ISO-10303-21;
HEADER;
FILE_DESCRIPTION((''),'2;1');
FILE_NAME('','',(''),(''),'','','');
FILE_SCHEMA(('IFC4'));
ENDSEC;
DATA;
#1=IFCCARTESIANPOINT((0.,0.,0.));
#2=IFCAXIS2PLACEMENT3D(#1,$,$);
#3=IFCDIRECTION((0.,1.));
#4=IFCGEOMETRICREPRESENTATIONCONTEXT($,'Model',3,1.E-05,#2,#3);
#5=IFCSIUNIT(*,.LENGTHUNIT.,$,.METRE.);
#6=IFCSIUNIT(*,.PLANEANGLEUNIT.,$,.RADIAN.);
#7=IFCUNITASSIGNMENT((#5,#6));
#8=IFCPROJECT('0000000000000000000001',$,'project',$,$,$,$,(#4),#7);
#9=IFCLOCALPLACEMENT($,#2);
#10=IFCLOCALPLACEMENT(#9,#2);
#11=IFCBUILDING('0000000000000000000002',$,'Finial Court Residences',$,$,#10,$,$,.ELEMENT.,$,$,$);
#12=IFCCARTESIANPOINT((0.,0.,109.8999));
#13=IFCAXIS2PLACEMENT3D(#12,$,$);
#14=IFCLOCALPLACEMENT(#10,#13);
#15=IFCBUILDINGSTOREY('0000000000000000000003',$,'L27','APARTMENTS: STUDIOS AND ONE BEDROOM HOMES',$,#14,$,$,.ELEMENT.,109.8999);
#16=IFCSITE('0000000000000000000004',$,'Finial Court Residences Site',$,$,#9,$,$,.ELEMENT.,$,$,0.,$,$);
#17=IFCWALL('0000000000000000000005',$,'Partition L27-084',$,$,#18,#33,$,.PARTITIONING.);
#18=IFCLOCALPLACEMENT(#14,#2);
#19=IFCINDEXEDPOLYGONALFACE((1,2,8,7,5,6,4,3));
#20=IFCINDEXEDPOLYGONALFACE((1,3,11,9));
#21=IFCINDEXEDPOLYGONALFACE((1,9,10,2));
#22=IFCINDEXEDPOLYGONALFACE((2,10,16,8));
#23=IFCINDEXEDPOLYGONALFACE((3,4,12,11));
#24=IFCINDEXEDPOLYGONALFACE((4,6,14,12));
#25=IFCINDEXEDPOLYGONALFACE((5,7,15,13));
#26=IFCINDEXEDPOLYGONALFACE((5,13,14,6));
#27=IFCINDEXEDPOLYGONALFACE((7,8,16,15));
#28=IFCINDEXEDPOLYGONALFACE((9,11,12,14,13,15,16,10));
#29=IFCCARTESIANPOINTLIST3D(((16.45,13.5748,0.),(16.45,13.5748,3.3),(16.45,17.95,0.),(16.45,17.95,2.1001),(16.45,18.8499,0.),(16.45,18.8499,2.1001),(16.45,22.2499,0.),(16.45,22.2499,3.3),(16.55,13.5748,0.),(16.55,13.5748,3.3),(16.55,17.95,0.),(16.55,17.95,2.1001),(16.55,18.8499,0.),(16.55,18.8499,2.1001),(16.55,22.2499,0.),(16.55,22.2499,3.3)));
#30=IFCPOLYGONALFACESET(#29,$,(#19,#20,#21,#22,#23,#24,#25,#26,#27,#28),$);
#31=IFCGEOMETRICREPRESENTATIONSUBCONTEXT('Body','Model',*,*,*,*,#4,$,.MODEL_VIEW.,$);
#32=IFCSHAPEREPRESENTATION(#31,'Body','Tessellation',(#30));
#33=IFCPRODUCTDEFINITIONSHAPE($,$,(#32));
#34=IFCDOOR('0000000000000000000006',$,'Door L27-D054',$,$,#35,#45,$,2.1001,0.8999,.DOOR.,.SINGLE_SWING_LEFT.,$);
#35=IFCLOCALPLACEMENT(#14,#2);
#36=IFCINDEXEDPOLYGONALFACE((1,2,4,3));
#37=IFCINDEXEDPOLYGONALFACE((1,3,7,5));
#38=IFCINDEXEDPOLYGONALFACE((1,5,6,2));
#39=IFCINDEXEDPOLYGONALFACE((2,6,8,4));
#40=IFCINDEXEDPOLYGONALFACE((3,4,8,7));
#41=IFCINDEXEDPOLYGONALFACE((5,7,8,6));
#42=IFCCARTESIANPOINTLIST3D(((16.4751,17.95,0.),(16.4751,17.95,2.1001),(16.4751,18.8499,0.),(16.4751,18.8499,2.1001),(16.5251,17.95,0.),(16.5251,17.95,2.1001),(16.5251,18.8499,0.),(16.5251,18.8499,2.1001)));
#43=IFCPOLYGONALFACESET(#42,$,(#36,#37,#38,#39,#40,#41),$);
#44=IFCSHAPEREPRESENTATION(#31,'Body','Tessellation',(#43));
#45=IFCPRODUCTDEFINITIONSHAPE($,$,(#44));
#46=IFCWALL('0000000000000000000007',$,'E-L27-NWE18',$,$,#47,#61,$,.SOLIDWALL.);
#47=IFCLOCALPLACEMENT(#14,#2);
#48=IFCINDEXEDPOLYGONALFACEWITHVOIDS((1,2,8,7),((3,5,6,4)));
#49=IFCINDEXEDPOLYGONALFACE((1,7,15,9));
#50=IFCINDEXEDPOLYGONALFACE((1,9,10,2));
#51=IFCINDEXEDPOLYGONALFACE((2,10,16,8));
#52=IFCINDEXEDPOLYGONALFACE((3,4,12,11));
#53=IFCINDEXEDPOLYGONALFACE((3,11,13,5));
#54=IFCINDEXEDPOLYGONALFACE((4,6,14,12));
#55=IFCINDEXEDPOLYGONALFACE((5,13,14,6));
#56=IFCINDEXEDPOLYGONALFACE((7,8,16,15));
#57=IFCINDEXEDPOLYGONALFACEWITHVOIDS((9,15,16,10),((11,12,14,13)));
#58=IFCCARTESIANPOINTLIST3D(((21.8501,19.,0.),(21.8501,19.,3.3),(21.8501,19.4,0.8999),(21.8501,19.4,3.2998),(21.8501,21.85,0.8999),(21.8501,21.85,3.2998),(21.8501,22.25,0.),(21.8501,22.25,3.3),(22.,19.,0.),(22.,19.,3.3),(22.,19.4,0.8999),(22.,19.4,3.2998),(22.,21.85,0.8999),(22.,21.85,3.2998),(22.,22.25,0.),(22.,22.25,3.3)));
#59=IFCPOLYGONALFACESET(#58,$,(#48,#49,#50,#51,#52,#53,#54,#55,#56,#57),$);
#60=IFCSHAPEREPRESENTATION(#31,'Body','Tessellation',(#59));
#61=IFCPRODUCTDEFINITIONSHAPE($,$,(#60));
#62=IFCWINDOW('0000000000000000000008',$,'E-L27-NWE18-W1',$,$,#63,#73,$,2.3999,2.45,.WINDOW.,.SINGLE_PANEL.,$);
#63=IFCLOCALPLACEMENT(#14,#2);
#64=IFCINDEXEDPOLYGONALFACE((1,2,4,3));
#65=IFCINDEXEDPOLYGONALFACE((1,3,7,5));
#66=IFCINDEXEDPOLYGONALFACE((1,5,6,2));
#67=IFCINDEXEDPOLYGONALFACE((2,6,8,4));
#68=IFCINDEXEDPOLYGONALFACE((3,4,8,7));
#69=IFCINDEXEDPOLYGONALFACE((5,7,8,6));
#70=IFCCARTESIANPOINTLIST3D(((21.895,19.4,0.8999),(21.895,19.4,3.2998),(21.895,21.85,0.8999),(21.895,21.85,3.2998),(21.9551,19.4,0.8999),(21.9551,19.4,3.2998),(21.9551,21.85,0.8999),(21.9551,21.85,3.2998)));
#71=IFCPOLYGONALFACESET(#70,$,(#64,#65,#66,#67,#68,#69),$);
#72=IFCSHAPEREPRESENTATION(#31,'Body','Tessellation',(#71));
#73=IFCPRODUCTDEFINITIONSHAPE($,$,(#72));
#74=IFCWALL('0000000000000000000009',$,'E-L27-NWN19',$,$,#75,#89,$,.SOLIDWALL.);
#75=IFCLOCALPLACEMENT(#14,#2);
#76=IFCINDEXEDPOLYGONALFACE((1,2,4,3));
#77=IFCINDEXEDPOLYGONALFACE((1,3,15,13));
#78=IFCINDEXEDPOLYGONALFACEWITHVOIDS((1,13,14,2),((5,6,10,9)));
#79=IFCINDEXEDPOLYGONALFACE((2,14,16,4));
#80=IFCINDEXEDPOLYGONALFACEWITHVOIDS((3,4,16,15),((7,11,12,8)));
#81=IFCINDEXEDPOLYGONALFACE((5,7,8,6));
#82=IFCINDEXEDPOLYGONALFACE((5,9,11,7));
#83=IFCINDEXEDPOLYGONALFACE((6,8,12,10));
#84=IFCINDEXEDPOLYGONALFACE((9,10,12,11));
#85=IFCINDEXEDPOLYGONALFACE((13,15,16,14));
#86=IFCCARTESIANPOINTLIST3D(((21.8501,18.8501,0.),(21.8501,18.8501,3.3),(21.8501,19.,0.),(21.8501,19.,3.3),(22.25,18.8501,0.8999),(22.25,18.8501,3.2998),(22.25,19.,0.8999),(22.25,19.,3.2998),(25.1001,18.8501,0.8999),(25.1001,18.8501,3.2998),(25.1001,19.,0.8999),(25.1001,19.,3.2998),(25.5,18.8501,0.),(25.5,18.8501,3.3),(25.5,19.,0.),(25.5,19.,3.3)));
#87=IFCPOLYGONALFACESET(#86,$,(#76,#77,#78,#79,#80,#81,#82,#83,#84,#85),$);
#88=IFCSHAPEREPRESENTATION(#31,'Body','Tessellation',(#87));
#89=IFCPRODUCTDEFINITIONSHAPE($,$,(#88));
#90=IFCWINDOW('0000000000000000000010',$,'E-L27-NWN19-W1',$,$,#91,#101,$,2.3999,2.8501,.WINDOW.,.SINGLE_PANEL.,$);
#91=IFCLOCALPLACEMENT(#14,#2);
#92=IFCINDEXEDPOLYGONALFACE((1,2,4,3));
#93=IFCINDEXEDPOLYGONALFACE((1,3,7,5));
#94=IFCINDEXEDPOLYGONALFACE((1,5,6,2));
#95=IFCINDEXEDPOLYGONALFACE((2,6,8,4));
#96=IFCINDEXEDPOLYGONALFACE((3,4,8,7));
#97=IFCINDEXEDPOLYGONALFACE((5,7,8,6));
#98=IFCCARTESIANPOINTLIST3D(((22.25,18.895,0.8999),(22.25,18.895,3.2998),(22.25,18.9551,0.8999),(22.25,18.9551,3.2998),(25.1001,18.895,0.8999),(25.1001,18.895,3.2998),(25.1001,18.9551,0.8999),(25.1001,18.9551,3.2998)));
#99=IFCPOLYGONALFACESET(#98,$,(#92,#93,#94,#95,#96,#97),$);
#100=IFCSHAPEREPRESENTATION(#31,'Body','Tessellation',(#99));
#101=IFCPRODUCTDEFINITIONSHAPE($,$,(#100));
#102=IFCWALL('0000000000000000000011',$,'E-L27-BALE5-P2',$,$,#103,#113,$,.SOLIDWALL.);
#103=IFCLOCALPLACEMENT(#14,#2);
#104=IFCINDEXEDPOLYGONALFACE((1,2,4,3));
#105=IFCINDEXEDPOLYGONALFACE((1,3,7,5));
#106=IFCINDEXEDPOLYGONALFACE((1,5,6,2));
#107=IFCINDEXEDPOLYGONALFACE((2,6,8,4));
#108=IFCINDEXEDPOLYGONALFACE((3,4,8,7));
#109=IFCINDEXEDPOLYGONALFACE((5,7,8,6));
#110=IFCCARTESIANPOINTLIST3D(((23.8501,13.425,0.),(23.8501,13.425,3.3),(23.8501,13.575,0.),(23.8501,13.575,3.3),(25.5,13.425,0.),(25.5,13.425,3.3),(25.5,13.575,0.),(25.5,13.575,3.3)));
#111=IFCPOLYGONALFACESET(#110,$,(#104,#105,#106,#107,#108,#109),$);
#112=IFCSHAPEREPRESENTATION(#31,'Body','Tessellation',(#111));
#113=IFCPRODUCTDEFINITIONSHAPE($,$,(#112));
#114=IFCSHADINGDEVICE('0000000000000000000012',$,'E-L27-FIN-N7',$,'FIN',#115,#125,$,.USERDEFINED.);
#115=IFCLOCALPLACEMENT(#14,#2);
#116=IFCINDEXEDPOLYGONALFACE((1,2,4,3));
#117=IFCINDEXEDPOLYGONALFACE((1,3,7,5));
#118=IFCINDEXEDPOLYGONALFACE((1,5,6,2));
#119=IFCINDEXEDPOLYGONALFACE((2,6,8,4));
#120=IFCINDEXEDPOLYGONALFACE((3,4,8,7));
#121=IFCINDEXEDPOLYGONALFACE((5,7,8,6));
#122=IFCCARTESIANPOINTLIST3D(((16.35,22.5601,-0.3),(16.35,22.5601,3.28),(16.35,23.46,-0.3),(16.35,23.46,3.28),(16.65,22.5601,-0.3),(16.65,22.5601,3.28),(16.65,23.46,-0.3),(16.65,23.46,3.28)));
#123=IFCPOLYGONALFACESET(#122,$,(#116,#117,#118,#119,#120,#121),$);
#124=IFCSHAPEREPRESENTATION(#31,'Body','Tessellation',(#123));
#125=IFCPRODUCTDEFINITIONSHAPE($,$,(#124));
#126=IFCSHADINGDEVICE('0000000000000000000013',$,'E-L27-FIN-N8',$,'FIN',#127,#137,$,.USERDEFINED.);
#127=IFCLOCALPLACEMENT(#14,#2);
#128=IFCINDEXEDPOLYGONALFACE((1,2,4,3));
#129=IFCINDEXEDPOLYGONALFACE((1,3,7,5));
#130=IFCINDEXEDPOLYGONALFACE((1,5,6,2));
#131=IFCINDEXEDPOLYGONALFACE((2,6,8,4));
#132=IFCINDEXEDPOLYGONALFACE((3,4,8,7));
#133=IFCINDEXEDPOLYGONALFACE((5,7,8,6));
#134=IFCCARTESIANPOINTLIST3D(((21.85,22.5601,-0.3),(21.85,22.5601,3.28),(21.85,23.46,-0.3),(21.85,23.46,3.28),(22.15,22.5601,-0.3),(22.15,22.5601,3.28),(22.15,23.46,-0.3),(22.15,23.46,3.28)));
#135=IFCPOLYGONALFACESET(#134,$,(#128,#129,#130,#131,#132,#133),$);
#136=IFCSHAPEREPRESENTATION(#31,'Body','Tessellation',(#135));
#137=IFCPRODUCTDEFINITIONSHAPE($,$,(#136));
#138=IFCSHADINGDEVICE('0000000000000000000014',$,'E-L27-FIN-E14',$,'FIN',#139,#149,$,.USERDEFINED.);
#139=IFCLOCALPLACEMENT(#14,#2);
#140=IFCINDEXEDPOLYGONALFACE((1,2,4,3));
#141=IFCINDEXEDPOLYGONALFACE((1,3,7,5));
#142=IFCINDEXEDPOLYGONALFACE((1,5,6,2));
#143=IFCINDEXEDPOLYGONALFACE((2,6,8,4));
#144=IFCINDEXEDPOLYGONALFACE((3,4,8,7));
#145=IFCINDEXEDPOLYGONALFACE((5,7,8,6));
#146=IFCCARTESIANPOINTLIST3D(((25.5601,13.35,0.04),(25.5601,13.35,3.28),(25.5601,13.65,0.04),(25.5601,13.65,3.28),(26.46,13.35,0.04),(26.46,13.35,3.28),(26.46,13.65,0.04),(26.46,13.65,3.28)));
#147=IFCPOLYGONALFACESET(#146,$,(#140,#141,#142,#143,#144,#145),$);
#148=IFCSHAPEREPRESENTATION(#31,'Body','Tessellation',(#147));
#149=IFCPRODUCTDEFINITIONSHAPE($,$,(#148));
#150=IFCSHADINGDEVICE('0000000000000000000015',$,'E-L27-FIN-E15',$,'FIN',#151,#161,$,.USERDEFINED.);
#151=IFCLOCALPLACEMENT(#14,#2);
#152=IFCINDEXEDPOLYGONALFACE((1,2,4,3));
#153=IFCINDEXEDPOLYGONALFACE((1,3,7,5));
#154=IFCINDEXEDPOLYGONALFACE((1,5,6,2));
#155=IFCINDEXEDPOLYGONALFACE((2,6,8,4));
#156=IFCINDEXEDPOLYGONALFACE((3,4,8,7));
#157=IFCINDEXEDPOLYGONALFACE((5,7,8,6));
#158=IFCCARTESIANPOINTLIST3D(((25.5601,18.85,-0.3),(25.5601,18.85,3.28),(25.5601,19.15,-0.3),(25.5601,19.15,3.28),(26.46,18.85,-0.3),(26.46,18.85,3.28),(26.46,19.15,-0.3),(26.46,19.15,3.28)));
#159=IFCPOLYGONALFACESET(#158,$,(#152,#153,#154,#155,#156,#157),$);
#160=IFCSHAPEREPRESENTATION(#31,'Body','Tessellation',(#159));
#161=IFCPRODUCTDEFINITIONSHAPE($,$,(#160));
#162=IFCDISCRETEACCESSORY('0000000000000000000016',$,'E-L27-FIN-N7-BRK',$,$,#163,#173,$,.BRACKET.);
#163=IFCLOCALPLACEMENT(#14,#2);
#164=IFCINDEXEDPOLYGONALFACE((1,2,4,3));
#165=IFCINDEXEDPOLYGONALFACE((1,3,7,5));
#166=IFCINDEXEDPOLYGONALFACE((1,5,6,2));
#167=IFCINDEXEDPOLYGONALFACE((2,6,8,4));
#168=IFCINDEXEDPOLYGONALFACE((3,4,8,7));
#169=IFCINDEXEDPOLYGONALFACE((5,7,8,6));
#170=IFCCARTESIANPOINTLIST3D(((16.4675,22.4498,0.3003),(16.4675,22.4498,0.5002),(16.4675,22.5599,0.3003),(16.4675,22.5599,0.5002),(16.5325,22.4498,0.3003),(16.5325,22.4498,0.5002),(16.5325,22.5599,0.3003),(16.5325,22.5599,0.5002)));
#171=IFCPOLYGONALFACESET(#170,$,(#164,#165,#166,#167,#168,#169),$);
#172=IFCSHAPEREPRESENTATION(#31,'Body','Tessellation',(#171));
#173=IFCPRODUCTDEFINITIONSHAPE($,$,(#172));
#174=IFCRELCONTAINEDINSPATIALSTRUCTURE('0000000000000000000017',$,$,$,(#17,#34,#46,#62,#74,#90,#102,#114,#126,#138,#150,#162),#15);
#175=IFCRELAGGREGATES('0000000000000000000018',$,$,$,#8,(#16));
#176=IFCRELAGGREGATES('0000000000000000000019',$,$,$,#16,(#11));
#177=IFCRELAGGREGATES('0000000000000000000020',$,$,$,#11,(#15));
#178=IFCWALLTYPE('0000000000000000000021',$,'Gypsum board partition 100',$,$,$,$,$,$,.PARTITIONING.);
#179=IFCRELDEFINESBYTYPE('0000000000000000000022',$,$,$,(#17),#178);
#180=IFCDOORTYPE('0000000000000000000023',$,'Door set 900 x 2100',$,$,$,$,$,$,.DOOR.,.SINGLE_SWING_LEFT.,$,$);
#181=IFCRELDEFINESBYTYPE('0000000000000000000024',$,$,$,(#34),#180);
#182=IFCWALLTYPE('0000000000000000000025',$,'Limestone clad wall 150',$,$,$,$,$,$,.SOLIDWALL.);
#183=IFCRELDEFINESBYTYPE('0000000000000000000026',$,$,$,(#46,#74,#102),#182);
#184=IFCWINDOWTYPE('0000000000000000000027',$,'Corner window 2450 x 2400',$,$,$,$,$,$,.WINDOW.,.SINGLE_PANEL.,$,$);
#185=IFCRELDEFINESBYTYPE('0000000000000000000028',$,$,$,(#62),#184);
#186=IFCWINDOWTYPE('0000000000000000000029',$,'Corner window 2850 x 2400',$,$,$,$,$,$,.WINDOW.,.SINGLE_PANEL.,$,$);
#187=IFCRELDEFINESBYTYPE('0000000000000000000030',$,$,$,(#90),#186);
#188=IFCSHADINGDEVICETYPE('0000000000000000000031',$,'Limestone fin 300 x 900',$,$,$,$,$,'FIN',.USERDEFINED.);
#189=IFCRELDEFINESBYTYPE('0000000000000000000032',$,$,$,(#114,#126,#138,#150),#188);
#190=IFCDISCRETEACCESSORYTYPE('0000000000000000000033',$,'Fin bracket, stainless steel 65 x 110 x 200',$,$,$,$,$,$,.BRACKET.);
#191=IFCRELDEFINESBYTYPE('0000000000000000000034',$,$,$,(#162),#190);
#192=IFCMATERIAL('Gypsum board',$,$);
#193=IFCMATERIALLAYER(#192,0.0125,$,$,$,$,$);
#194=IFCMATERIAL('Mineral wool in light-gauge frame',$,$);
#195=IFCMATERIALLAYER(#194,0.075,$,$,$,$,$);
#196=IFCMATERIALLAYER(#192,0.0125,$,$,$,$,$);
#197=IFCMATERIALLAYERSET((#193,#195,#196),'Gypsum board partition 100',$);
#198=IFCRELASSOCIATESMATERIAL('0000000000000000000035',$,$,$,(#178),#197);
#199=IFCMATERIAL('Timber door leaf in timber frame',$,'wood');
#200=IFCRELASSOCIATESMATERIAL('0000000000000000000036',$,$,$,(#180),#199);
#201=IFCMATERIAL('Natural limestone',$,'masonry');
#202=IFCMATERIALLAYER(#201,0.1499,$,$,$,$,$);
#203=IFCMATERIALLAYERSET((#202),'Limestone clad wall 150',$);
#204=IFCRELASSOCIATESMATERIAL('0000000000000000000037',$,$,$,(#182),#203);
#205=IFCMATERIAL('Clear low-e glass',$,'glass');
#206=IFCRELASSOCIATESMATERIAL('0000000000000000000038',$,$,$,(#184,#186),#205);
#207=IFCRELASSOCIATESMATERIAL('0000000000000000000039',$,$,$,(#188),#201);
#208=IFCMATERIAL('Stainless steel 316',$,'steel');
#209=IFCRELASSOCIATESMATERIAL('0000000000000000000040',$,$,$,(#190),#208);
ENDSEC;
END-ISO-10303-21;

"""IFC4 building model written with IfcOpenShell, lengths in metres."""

from ifc_helpers import new_model, si_unit, direction, frame, frame_2d, origin, origin_2d, place, context, subcontext, project, spatial, rectangle, extrude, material, layer, layer_set, type_object, element, fill, save


model = new_model("IFC4")

# Units and contexts
model_context = context("Model", 3, precision=1e-05, world=origin(), true_north=direction((0.0, 1.0)))
body_context = subcontext(model_context, "Body", "Model", "MODEL_VIEW")
ifc_project = project(units=[si_unit("LENGTHUNIT", "METRE"), si_unit("PLANEANGLEUNIT", "RADIAN")], contexts=[model_context])

# Site, building, storey
site_placement = place(None, origin())
site = spatial("IfcSite", under=ifc_project, at=site_placement, Name="Finial Court Residences Site", CompositionType="ELEMENT", RefElevation=0.0)
building_placement = place(site_placement, origin())
building = spatial("IfcBuilding", under=site, at=building_placement, Name="Finial Court Residences", CompositionType="ELEMENT")
storey_placement = place(building_placement, frame((0.0, 0.0, 109.8999)))
storey = spatial("IfcBuildingStorey", under=building, at=storey_placement, Name="L27", Description="APARTMENTS: STUDIOS AND ONE BEDROOM HOMES", CompositionType="ELEMENT", Elevation=109.8999)

# Shared definitions
ifc_material_1 = material(Name="Clear low-e glass", Category="glass")

# Wall, opening, door
ifc_material_2 = material(Name="Gypsum board")
ifc_layer_1 = layer(ifc_material_2, 0.0125)
ifc_material_3 = material(Name="Mineral wool in light-gauge frame")
ifc_layer_2 = layer(ifc_material_3, 0.075)
ifc_layer_3 = layer(ifc_material_2, 0.0125)
ifc_layer_set_1 = layer_set([ifc_layer_1, ifc_layer_2, ifc_layer_3], Name="Gypsum board partition 100")
wall_type_1 = type_object("IfcWallType", Name="Gypsum board partition 100", PredefinedType="PARTITIONING", material=ifc_layer_set_1)
wall_1_placement = place(storey_placement, frame((16.5, 13.575, 0.0), z_axis=(0.0, 0.0, 1.0), x_axis=(0.0, 1.0, 0.0)))
wall_1 = element("IfcWall", 1, at=wall_1_placement, inside=storey, type_object=wall_type_1, Name="Partition L27-084", PredefinedType="PARTITIONING", context=body_context, shape_type="SweptSolid", body=[
    extrude(rectangle(XDim=8.675, YDim=0.1001, at=frame_2d((4.3374, 0.0))), origin(), (0.0, 0.0, 1.0), 3.3),
])
opening_1_placement = place(wall_1_placement, frame((4.375, 0.0, 0.0)))
opening_1 = element("IfcOpeningElement", 2, at=opening_1_placement, cuts=wall_1, PredefinedType="OPENING", context=body_context, shape_type="SweptSolid", body=[
    extrude(rectangle(XDim=0.8999, YDim=2.1001, at=frame_2d((0.45, 1.05))), frame((0.0, 0.0601, 0.0), z_axis=(0.0, -1.0, 0.0), x_axis=(1.0, 0.0, 0.0)), (0.0, 0.0, 1.0), 0.1201),
])
ifc_material_4 = material(Name="Timber door leaf in timber frame", Category="wood")
door_type = type_object("IfcDoorType", Name="Door set 900 x 2100", OperationType="SINGLE_SWING_LEFT", PredefinedType="DOOR", material=ifc_material_4)
door_placement = place(opening_1_placement, origin())
door = element("IfcDoor", 3, at=door_placement, inside=storey, type_object=door_type, Name="Door L27-D054", OperationType="SINGLE_SWING_LEFT", OverallHeight=2.1001, OverallWidth=0.8999, PredefinedType="DOOR", context=body_context, shape_type="SweptSolid", body=[
    extrude(rectangle(XDim=0.8999, YDim=2.1001, at=frame_2d((0.45, 1.05))), frame((0.0, 0.0249, 0.0), z_axis=(0.0, -1.0, 0.0), x_axis=(1.0, 0.0, 0.0)), (0.0, 0.0, 1.0), 0.05),
])
fill(opening_1, door)

# Walls, openings, windows
ifc_material_5 = material(Name="Natural limestone", Category="masonry")
ifc_layer_4 = layer(ifc_material_5, 0.1499)
ifc_layer_set_2 = layer_set([ifc_layer_4], Name="Limestone clad wall 150")
wall_type_2 = type_object("IfcWallType", Name="Limestone clad wall 150", PredefinedType="SOLIDWALL", material=ifc_layer_set_2)
wall_2_placement = place(storey_placement, frame((21.925, 22.25, 0.0), z_axis=(0.0, 0.0, 1.0), x_axis=(0.0, -1.0, 0.0)))
wall_2 = element("IfcWall", 4, at=wall_2_placement, inside=storey, type_object=wall_type_2, Name="E-L27-NWE18", PredefinedType="SOLIDWALL", context=body_context, shape_type="SweptSolid", body=[
    extrude(rectangle(XDim=3.25, YDim=0.1499, at=frame_2d((1.625, 0.0))), origin(), (0.0, 0.0, 1.0), 3.3),
])
opening_2_placement = place(wall_2_placement, frame((0.3999, 0.0, 0.8999)))
opening_2 = element("IfcOpeningElement", 5, at=opening_2_placement, cuts=wall_2, PredefinedType="OPENING", context=body_context, shape_type="SweptSolid", body=[
    extrude(rectangle(XDim=2.45, YDim=2.3999, at=frame_2d((1.2251, 1.2))), frame((0.0, 0.085, 0.0), z_axis=(0.0, -1.0, 0.0), x_axis=(1.0, 0.0, 0.0)), (0.0, 0.0, 1.0), 0.1699),
])
window_type_1 = type_object("IfcWindowType", Name="Corner window 2450 x 2400", PartitioningType="SINGLE_PANEL", PredefinedType="WINDOW", material=ifc_material_1)
window_1_placement = place(opening_2_placement, origin())
window_1 = element("IfcWindow", 6, at=window_1_placement, inside=storey, type_object=window_type_1, Name="E-L27-NWE18-W1", OverallHeight=2.3999, OverallWidth=2.45, PartitioningType="SINGLE_PANEL", PredefinedType="WINDOW", context=body_context, shape_type="SweptSolid", body=[
    extrude(rectangle(XDim=2.45, YDim=2.3999, at=frame_2d((1.2251, 1.2))), frame((0.0, 0.03, 0.0), z_axis=(0.0, -1.0, 0.0), x_axis=(1.0, 0.0, 0.0)), (0.0, 0.0, 1.0), 0.0601),
])
fill(opening_2, window_1)
wall_3_placement = place(storey_placement, frame((21.8501, 18.925, 0.0), z_axis=(0.0, 0.0, 1.0), x_axis=(1.0, 0.0, 0.0)))
wall_3 = element("IfcWall", 7, at=wall_3_placement, inside=storey, type_object=wall_type_2, Name="E-L27-NWN19", PredefinedType="SOLIDWALL", context=body_context, shape_type="SweptSolid", body=[
    extrude(rectangle(XDim=3.6499, YDim=0.1499, at=frame_2d((1.825, 0.0))), origin(), (0.0, 0.0, 1.0), 3.3),
])
opening_3_placement = place(wall_3_placement, frame((0.3999, 0.0, 0.8999)))
opening_3 = element("IfcOpeningElement", 8, at=opening_3_placement, cuts=wall_3, PredefinedType="OPENING", context=body_context, shape_type="SweptSolid", body=[
    extrude(rectangle(XDim=2.8501, YDim=2.3999, at=frame_2d((1.425, 1.2))), frame((0.0, 0.085, 0.0), z_axis=(0.0, -1.0, 0.0), x_axis=(1.0, 0.0, 0.0)), (0.0, 0.0, 1.0), 0.1699),
])
window_type_2 = type_object("IfcWindowType", Name="Corner window 2850 x 2400", PartitioningType="SINGLE_PANEL", PredefinedType="WINDOW", material=ifc_material_1)
window_2_placement = place(opening_3_placement, origin())
window_2 = element("IfcWindow", 9, at=window_2_placement, inside=storey, type_object=window_type_2, Name="E-L27-NWN19-W1", OverallHeight=2.3999, OverallWidth=2.8501, PartitioningType="SINGLE_PANEL", PredefinedType="WINDOW", context=body_context, shape_type="SweptSolid", body=[
    extrude(rectangle(XDim=2.8501, YDim=2.3999, at=frame_2d((1.425, 1.2))), frame((0.0, 0.03, 0.0), z_axis=(0.0, -1.0, 0.0), x_axis=(1.0, 0.0, 0.0)), (0.0, 0.0, 1.0), 0.0601),
])
fill(opening_3, window_2)

# Wall
wall_4_placement = place(storey_placement, frame((23.8501, 13.5, 0.0), z_axis=(0.0, 0.0, 1.0), x_axis=(1.0, 0.0, 0.0)))
element("IfcWall", 10, at=wall_4_placement, inside=storey, type_object=wall_type_2, Name="E-L27-BALE5-P2", PredefinedType="SOLIDWALL", context=body_context, shape_type="SweptSolid", body=[
    extrude(rectangle(XDim=1.6499, YDim=0.1499, at=frame_2d((0.825, 0.0))), origin(), (0.0, 0.0, 1.0), 3.3),
])

# Shading devices
shading_device_type = type_object("IfcShadingDeviceType", Name="Limestone fin 300 x 900", ElementType="FIN", PredefinedType="USERDEFINED", material=ifc_material_5)
for number, where, z_axis, x_axis, name in (
    (11, (16.5, 23.01, -0.3), (0.0, 0.0, 1.0), (1.0, 0.0, 0.0), "E-L27-FIN-N7"),
    (12, (22.0, 23.01, -0.3), (0.0, 0.0, 1.0), (1.0, 0.0, 0.0), "E-L27-FIN-N8"),
):
    element("IfcShadingDevice", number, at=place(storey_placement, frame(where, z_axis=z_axis, x_axis=x_axis)), inside=storey, type_object=shading_device_type, Name=name, ObjectType="FIN", PredefinedType="USERDEFINED", context=body_context, shape_type="SweptSolid", body=[
        extrude(rectangle(XDim=0.3, YDim=0.8999, at=origin_2d()), origin(), (0.0, 0.0, 1.0), 3.5801),
    ])
shading_device_1_placement = place(storey_placement, frame((26.01, 13.5, 0.04), z_axis=(0.0, 0.0, 1.0), x_axis=(1.0, 0.0, 0.0)))
element("IfcShadingDevice", 13, at=shading_device_1_placement, inside=storey, type_object=shading_device_type, Name="E-L27-FIN-E14", ObjectType="FIN", PredefinedType="USERDEFINED", context=body_context, shape_type="SweptSolid", body=[
    extrude(rectangle(XDim=0.8999, YDim=0.3, at=origin_2d()), origin(), (0.0, 0.0, 1.0), 3.24),
])
shading_device_2_placement = place(storey_placement, frame((26.01, 19.0, -0.3), z_axis=(0.0, 0.0, 1.0), x_axis=(1.0, 0.0, 0.0)))
element("IfcShadingDevice", 14, at=shading_device_2_placement, inside=storey, type_object=shading_device_type, Name="E-L27-FIN-E15", ObjectType="FIN", PredefinedType="USERDEFINED", context=body_context, shape_type="SweptSolid", body=[
    extrude(rectangle(XDim=0.8999, YDim=0.3, at=origin_2d()), origin(), (0.0, 0.0, 1.0), 3.5801),
])

# Discrete accessory
ifc_material_6 = material(Name="Stainless steel 316", Category="steel")
discrete_accessory_type = type_object("IfcDiscreteAccessoryType", Name="Fin bracket, stainless steel 65 x 110 x 200", PredefinedType="BRACKET", material=ifc_material_6)
for number, where, z_axis, x_axis, name in (
    (15, (16.5, 22.5049, 0.3003), (0.0, 0.0, 1.0), (1.0, 0.0, 0.0), "E-L27-FIN-N7-BRK"),
):
    element("IfcDiscreteAccessory", number, at=place(storey_placement, frame(where, z_axis=z_axis, x_axis=x_axis)), inside=storey, type_object=discrete_accessory_type, Name=name, PredefinedType="BRACKET", context=body_context, shape_type="SweptSolid", body=[
        extrude(rectangle(XDim=0.0649, YDim=0.1101, at=origin_2d()), origin(), (0.0, 0.0, 1.0), 0.2),
    ])

save(model, "model.ifc")
